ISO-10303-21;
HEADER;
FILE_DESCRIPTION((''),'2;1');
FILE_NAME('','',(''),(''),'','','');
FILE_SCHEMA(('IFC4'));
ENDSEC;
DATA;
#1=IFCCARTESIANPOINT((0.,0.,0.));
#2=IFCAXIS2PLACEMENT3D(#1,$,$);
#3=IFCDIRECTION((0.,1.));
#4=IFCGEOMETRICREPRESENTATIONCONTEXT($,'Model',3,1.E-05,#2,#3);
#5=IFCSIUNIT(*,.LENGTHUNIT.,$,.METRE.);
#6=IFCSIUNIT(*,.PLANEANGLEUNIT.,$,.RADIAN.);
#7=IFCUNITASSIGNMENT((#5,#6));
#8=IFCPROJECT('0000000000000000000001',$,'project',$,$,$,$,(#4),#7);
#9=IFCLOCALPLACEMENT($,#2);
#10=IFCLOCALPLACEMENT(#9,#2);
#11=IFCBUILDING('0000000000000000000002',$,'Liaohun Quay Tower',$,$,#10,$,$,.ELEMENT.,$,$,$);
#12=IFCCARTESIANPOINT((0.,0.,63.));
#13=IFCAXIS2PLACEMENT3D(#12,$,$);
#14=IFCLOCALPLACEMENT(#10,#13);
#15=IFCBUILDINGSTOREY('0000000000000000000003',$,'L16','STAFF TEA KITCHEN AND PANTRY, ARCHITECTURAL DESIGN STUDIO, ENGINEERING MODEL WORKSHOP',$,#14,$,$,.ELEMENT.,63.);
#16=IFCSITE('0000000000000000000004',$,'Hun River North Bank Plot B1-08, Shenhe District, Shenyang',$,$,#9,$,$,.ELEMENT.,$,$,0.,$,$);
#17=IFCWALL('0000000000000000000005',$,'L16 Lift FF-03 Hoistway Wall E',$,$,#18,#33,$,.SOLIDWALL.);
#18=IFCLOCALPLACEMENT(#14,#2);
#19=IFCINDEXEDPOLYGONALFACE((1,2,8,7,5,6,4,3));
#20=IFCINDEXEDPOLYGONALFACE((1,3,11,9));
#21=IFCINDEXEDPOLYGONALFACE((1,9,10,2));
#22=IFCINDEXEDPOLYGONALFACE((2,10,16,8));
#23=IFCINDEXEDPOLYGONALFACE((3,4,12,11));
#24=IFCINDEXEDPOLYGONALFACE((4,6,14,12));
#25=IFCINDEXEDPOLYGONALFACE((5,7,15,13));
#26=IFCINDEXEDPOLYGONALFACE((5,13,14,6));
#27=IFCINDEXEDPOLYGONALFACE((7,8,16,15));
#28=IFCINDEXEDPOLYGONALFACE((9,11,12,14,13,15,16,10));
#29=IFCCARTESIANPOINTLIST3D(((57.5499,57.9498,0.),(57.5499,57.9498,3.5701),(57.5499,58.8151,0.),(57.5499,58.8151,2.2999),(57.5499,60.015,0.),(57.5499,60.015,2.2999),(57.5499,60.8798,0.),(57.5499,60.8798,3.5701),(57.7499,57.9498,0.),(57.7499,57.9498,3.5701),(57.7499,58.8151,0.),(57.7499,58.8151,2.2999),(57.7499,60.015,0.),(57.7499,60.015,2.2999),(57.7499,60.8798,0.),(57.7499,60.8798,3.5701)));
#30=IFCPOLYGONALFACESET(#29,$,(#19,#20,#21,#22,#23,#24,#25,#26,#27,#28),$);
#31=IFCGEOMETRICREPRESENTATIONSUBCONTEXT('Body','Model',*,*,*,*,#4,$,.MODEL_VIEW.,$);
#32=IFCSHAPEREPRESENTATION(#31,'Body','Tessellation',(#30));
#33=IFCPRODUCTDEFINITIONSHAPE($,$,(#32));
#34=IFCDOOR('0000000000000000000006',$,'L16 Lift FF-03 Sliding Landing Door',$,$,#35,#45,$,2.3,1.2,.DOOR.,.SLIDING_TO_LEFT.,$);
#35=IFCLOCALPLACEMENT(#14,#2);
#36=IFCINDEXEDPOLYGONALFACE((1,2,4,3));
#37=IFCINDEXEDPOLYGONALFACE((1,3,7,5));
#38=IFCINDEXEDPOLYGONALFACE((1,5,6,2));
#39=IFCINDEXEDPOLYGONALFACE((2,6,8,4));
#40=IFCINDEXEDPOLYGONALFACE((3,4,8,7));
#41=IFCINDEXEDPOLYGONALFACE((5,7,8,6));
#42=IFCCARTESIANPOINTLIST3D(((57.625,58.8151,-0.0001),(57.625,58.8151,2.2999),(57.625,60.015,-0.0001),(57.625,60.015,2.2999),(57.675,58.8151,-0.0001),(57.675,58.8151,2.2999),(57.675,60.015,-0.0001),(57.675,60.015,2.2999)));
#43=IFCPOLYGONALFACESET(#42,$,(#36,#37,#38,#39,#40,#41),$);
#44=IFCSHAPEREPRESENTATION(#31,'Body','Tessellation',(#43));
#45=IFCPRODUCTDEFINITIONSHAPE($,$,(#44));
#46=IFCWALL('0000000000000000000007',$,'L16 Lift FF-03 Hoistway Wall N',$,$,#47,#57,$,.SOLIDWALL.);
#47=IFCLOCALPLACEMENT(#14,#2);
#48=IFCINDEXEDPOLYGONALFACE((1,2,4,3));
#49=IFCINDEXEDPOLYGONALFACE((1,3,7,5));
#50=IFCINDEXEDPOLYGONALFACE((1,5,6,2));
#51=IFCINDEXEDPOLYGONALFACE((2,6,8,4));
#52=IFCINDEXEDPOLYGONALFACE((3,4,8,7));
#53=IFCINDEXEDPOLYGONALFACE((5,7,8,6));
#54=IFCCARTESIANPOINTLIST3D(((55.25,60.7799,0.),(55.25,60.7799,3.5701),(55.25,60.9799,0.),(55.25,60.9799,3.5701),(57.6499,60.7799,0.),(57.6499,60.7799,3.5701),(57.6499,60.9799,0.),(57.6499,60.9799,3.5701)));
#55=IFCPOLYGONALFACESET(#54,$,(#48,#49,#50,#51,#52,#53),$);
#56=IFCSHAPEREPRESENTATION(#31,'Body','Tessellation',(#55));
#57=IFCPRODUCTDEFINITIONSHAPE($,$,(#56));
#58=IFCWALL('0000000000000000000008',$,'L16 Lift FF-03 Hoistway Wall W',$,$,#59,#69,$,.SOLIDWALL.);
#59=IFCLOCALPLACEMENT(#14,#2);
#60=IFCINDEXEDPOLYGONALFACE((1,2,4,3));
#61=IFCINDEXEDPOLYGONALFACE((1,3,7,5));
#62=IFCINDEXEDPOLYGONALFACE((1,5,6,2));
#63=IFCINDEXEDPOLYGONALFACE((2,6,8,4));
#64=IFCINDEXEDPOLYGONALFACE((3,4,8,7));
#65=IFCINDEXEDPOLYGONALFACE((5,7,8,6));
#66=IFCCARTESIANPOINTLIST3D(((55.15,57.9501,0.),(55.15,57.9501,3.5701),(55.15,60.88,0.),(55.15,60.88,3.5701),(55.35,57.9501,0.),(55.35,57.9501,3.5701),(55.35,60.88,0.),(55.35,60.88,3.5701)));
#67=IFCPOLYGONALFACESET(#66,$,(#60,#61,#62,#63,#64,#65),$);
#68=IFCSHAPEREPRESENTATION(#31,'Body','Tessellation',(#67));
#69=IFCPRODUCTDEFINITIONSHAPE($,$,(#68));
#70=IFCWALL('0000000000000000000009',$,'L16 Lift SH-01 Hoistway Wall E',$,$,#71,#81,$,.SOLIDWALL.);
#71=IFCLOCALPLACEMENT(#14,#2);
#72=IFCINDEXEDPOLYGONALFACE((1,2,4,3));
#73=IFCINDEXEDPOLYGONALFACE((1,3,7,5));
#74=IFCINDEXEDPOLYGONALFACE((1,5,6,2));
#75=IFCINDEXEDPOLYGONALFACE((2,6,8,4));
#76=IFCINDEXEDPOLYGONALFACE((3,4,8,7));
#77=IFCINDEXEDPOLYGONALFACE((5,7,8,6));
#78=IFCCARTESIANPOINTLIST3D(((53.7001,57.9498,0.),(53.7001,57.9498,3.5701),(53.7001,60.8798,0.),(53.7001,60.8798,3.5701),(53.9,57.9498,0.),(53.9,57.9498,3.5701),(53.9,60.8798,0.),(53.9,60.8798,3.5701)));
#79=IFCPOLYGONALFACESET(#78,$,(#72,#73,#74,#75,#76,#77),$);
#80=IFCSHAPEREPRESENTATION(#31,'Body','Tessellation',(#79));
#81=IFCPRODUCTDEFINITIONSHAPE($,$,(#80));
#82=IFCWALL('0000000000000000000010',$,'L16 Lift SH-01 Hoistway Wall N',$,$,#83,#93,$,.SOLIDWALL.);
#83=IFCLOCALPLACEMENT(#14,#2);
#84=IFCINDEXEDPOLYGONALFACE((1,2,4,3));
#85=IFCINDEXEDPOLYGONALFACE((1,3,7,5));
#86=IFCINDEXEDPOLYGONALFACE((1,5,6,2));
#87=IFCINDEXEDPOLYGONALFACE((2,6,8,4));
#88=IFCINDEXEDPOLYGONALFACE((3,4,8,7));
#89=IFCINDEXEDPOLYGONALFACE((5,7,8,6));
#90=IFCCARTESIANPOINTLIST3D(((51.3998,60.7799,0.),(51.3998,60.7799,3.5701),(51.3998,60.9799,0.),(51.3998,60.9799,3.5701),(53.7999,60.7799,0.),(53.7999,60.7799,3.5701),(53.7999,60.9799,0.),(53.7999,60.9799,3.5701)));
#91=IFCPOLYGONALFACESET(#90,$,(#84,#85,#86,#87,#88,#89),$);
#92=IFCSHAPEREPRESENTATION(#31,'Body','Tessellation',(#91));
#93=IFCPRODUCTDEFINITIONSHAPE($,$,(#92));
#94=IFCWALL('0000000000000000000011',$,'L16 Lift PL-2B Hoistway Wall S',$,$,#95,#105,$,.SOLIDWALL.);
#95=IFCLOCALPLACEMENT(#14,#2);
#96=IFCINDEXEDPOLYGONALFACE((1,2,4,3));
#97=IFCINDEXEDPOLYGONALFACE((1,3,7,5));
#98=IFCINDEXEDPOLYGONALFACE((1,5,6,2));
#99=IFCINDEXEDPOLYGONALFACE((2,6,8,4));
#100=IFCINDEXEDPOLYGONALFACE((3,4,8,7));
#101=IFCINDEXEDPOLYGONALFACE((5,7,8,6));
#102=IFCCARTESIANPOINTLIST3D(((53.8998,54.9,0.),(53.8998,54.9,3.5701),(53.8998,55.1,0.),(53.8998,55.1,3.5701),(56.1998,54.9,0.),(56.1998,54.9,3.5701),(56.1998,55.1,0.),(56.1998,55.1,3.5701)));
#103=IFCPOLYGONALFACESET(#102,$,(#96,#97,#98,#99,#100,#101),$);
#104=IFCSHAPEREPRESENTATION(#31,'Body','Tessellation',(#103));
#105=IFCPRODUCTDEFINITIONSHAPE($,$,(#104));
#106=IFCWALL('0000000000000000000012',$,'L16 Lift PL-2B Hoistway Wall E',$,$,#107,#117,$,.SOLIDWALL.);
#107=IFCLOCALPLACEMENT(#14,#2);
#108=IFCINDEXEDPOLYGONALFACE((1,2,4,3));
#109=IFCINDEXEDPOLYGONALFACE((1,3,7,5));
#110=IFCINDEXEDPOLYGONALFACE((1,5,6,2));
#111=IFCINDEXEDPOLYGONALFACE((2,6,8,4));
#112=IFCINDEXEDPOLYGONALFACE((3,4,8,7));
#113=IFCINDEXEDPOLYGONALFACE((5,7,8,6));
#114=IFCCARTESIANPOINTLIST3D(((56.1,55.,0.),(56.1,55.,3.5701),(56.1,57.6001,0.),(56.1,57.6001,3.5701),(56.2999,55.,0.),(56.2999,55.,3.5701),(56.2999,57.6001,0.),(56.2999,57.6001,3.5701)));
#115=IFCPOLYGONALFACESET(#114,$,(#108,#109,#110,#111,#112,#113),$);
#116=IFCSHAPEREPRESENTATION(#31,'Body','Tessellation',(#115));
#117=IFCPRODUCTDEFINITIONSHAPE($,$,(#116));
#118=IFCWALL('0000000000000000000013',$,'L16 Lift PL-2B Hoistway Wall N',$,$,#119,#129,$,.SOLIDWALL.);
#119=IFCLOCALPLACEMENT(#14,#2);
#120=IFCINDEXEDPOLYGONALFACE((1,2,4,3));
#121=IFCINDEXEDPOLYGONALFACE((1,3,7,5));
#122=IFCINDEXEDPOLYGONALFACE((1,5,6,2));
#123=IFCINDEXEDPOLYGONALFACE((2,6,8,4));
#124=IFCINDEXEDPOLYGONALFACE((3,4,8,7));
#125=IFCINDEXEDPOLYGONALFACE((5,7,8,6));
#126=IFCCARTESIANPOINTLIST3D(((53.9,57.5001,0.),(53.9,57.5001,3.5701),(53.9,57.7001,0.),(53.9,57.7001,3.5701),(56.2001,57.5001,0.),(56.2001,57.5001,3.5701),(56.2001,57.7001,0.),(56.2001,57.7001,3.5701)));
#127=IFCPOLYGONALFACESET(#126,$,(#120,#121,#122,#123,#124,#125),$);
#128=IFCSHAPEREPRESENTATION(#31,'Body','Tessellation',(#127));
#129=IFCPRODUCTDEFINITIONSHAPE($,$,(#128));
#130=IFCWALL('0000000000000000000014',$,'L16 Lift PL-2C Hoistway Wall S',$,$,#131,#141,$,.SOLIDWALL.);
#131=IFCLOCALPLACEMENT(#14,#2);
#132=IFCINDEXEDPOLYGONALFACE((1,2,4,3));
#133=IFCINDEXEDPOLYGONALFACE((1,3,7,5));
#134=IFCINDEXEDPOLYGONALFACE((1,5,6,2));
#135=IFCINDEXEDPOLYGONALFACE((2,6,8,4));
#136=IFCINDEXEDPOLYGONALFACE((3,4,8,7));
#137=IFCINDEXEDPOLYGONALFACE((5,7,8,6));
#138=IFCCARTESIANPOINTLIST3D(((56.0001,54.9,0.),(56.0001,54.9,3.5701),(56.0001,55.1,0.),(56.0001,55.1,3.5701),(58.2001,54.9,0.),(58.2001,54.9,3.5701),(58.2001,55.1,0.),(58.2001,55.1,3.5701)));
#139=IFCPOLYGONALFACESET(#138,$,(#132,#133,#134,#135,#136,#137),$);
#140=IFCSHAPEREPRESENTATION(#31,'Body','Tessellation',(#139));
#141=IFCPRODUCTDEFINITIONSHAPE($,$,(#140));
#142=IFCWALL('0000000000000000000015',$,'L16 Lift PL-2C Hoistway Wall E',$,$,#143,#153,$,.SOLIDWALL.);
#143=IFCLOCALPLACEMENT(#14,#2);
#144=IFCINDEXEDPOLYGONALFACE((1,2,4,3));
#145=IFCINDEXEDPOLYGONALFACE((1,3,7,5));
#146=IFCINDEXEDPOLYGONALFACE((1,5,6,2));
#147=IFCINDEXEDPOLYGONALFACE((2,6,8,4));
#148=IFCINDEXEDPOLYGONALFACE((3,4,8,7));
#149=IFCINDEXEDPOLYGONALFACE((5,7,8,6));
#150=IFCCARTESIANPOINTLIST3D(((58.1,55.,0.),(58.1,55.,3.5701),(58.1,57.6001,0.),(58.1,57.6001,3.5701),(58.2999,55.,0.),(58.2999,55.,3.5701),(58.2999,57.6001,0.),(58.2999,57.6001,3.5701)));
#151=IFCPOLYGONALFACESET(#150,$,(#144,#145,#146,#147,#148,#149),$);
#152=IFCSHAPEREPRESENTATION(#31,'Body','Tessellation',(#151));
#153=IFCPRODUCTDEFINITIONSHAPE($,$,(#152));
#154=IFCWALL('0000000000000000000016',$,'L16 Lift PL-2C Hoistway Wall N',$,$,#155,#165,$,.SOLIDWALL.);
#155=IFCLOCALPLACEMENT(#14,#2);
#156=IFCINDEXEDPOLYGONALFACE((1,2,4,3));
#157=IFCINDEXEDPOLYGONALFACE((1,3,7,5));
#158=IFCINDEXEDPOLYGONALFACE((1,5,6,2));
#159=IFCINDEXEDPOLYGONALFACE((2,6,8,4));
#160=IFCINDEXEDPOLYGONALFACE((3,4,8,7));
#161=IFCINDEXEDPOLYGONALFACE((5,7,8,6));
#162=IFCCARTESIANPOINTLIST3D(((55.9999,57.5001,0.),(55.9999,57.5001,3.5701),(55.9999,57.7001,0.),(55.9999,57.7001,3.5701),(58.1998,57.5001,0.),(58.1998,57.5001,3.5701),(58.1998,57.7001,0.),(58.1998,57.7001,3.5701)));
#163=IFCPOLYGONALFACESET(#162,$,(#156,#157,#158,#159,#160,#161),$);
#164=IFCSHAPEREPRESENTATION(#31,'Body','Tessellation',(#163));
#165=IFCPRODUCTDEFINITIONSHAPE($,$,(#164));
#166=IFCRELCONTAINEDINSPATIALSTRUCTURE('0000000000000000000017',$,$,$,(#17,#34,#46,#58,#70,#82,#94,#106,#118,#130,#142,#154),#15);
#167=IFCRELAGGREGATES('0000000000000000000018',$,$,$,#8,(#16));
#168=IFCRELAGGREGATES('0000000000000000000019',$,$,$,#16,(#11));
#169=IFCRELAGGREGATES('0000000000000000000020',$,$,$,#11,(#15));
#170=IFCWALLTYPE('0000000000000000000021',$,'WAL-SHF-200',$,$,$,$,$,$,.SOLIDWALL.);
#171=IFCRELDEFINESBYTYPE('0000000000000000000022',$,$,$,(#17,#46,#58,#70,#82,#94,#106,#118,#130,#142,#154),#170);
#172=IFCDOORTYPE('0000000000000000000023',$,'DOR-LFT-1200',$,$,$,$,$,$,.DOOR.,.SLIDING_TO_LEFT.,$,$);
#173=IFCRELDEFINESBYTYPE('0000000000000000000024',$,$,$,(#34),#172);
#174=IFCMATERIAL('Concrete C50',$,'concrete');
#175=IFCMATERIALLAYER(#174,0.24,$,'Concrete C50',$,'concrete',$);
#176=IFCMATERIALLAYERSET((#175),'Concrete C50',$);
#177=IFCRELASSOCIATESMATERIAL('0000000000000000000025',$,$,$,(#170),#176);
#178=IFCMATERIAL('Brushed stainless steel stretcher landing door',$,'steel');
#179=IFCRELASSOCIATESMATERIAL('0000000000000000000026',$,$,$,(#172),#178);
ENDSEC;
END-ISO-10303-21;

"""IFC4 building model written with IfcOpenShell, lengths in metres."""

from ifc_helpers import new_model, si_unit, direction, frame, frame_2d, origin, place, context, subcontext, project, spatial, rectangle, extrude, source, transform, mapped, material, layer, layer_set, type_object, element, fill, save


model = new_model("IFC4")

# Units and contexts
model_context = context("Model", 3, precision=1e-05, world=origin(), true_north=direction((0.0, 1.0)))
body_context = subcontext(model_context, "Body", "Model", "MODEL_VIEW")
ifc_project = project(units=[si_unit("LENGTHUNIT", "METRE"), si_unit("PLANEANGLEUNIT", "RADIAN")], contexts=[model_context])

# Site, building, storey
site_placement = place(None, origin())
site = spatial("IfcSite", under=ifc_project, at=site_placement, Name="Hun River North Bank Plot B1-08, Shenhe District, Shenyang", CompositionType="ELEMENT", RefElevation=0.0)
building_placement = place(site_placement, origin())
building = spatial("IfcBuilding", under=site, at=building_placement, Name="Liaohun Quay Tower", CompositionType="ELEMENT")
storey_placement = place(building_placement, frame((0.0, 0.0, 63.0)))
storey = spatial("IfcBuildingStorey", under=building, at=storey_placement, Name="L16", Description="STAFF TEA KITCHEN AND PANTRY, ARCHITECTURAL DESIGN STUDIO, ENGINEERING MODEL WORKSHOP", CompositionType="ELEMENT", Elevation=63.0)

# Shared definitions
ifc_material_1 = material(Name="Concrete C50", Category="concrete")
ifc_layer_1 = layer(ifc_material_1, 0.24, Name="Concrete C50", Category="concrete")
ifc_layer_set_1 = layer_set([ifc_layer_1], Name="Concrete C50")
wall_type_1 = type_object("IfcWallType", Name="WAL-SHF-200", PredefinedType="SOLIDWALL", material=ifc_layer_set_1)

# Wall, opening, door
wall_1_placement = place(storey_placement, frame((57.6499, 57.95, 0.0), z_axis=(0.0, 0.0, 1.0), x_axis=(0.0, 1.0, 0.0)))
wall_1 = element("IfcWall", 1, at=wall_1_placement, inside=storey, type_object=wall_type_1, Name="L16 Lift FF-03 Hoistway Wall E", PredefinedType="SOLIDWALL", context=body_context, shape_type="SweptSolid", body=[
    extrude(rectangle(XDim=2.9299, YDim=0.2, at=frame_2d((1.4648, 0.0))), origin(), (0.0, 0.0, 1.0), 3.5701),
])
shared_shape_1 = source(origin(), body_context, "Body", "SweptSolid", [
    extrude(rectangle(XDim=1.2, YDim=2.3, at=frame_2d((0.6001, 1.1499))), frame((0.0, 0.1099, 0.0), z_axis=(0.0, -1.0, 0.0), x_axis=(1.0, 0.0, 0.0)), (0.0, 0.0, 1.0), 0.22),
])
opening_1_placement = place(wall_1_placement, frame((0.865, 0.0, 0.0)))
opening_1 = element("IfcOpeningElement", 2, at=opening_1_placement, cuts=wall_1, PredefinedType="OPENING", context=body_context, shape_type="MappedRepresentation", body=[
    mapped(shared_shape_1, transform((0.0, 0.0, 0.0), x_axis=(1.0, 0.0, 0.0), y_axis=(0.0, 1.0, 0.0), z_axis=(0.0, 0.0, 1.0), scale=1.0)),
])
ifc_material_2 = material(Name="Brushed stainless steel stretcher landing door", Category="steel")
door_type = type_object("IfcDoorType", Name="DOR-LFT-1200", OperationType="SLIDING_TO_LEFT", PredefinedType="DOOR", material=ifc_material_2)
shared_shape_2 = source(origin(), body_context, "Body", "SweptSolid", [
    extrude(rectangle(XDim=1.2, YDim=2.3, at=frame_2d((0.6001, 1.1499))), frame((0.0, 0.0249, 0.0), z_axis=(0.0, -1.0, 0.0), x_axis=(1.0, 0.0, 0.0)), (0.0, 0.0, 1.0), 0.05),
])
door_placement = place(opening_1_placement, origin())
door = element("IfcDoor", 3, at=door_placement, inside=storey, type_object=door_type, Name="L16 Lift FF-03 Sliding Landing Door", OperationType="SLIDING_TO_LEFT", OverallHeight=2.3, OverallWidth=1.2, PredefinedType="DOOR", context=body_context, shape_type="MappedRepresentation", body=[
    mapped(shared_shape_2, transform((0.0, 0.0, 0.0), x_axis=(1.0, 0.0, 0.0), y_axis=(0.0, 1.0, 0.0), z_axis=(0.0, 0.0, 1.0), scale=1.0)),
])
fill(opening_1, door)

# Walls
wall_2_placement = place(storey_placement, frame((57.6499, 60.8799, 0.0), z_axis=(0.0, 0.0, 1.0), x_axis=(-1.0, 0.0, 0.0)))
element("IfcWall", 4, at=wall_2_placement, inside=storey, type_object=wall_type_1, Name="L16 Lift FF-03 Hoistway Wall N", PredefinedType="SOLIDWALL", context=body_context, shape_type="SweptSolid", body=[
    extrude(rectangle(XDim=2.3999, YDim=0.2, at=frame_2d((1.2, 0.0))), origin(), (0.0, 0.0, 1.0), 3.5701),
])
for number, where, z_axis, x_axis, name in (
    (5, (55.25, 60.8799, 0.0), (0.0, 0.0, 1.0), (0.0, -1.0, 0.0), "L16 Lift FF-03 Hoistway Wall W"),
    (6, (53.8, 57.95, 0.0), (0.0, 0.0, 1.0), (0.0, 1.0, 0.0), "L16 Lift SH-01 Hoistway Wall E"),
):
    element("IfcWall", number, at=place(storey_placement, frame(where, z_axis=z_axis, x_axis=x_axis)), inside=storey, type_object=wall_type_1, Name=name, PredefinedType="SOLIDWALL", context=body_context, shape_type="SweptSolid", body=[
        extrude(rectangle(XDim=2.9299, YDim=0.2, at=frame_2d((1.4648, 0.0))), origin(), (0.0, 0.0, 1.0), 3.5701),
    ])
wall_3_placement = place(storey_placement, frame((53.8, 60.8799, 0.0), z_axis=(0.0, 0.0, 1.0), x_axis=(-1.0, 0.0, 0.0)))
element("IfcWall", 7, at=wall_3_placement, inside=storey, type_object=wall_type_1, Name="L16 Lift SH-01 Hoistway Wall N", PredefinedType="SOLIDWALL", context=body_context, shape_type="SweptSolid", body=[
    extrude(rectangle(XDim=2.4001, YDim=0.2, at=frame_2d((1.2002, 0.0))), origin(), (0.0, 0.0, 1.0), 3.5701),
])
wall_4_placement = place(storey_placement, frame((53.8999, 55.0, 0.0), z_axis=(0.0, 0.0, 1.0), x_axis=(1.0, 0.0, 0.0)))
element("IfcWall", 8, at=wall_4_placement, inside=storey, type_object=wall_type_1, Name="L16 Lift PL-2B Hoistway Wall S", PredefinedType="SOLIDWALL", context=body_context, shape_type="SweptSolid", body=[
    extrude(rectangle(XDim=2.3, YDim=0.2, at=frame_2d((1.1499, 0.0))), origin(), (0.0, 0.0, 1.0), 3.5701),
])
wall_5_placement = place(storey_placement, frame((56.2, 55.0, 0.0), z_axis=(0.0, 0.0, 1.0), x_axis=(0.0, 1.0, 0.0)))
element("IfcWall", 9, at=wall_5_placement, inside=storey, type_object=wall_type_1, Name="L16 Lift PL-2B Hoistway Wall E", PredefinedType="SOLIDWALL", context=body_context, shape_type="SweptSolid", body=[
    extrude(rectangle(XDim=2.6001, YDim=0.2, at=frame_2d((1.3, 0.0))), origin(), (0.0, 0.0, 1.0), 3.5701),
])
wall_6_placement = place(storey_placement, frame((56.2, 57.6001, 0.0), z_axis=(0.0, 0.0, 1.0), x_axis=(-1.0, 0.0, 0.0)))
element("IfcWall", 10, at=wall_6_placement, inside=storey, type_object=wall_type_1, Name="L16 Lift PL-2B Hoistway Wall N", PredefinedType="SOLIDWALL", context=body_context, shape_type="SweptSolid", body=[
    extrude(rectangle(XDim=2.3, YDim=0.2, at=frame_2d((1.1499, 0.0))), origin(), (0.0, 0.0, 1.0), 3.5701),
])
wall_7_placement = place(storey_placement, frame((56.0, 55.0, 0.0), z_axis=(0.0, 0.0, 1.0), x_axis=(1.0, 0.0, 0.0)))
element("IfcWall", 11, at=wall_7_placement, inside=storey, type_object=wall_type_1, Name="L16 Lift PL-2C Hoistway Wall S", PredefinedType="SOLIDWALL", context=body_context, shape_type="SweptSolid", body=[
    extrude(rectangle(XDim=2.2, YDim=0.2, at=frame_2d((1.1001, 0.0))), origin(), (0.0, 0.0, 1.0), 3.5701),
])
wall_8_placement = place(storey_placement, frame((58.2, 55.0, 0.0), z_axis=(0.0, 0.0, 1.0), x_axis=(0.0, 1.0, 0.0)))
element("IfcWall", 12, at=wall_8_placement, inside=storey, type_object=wall_type_1, Name="L16 Lift PL-2C Hoistway Wall E", PredefinedType="SOLIDWALL", context=body_context, shape_type="SweptSolid", body=[
    extrude(rectangle(XDim=2.6001, YDim=0.2, at=frame_2d((1.3, 0.0))), origin(), (0.0, 0.0, 1.0), 3.5701),
])
wall_9_placement = place(storey_placement, frame((58.2, 57.6001, 0.0), z_axis=(0.0, 0.0, 1.0), x_axis=(-1.0, 0.0, 0.0)))
element("IfcWall", 13, at=wall_9_placement, inside=storey, type_object=wall_type_1, Name="L16 Lift PL-2C Hoistway Wall N", PredefinedType="SOLIDWALL", context=body_context, shape_type="SweptSolid", body=[
    extrude(rectangle(XDim=2.2, YDim=0.2, at=frame_2d((1.1001, 0.0))), origin(), (0.0, 0.0, 1.0), 3.5701),
])

save(model, "model.ifc")
